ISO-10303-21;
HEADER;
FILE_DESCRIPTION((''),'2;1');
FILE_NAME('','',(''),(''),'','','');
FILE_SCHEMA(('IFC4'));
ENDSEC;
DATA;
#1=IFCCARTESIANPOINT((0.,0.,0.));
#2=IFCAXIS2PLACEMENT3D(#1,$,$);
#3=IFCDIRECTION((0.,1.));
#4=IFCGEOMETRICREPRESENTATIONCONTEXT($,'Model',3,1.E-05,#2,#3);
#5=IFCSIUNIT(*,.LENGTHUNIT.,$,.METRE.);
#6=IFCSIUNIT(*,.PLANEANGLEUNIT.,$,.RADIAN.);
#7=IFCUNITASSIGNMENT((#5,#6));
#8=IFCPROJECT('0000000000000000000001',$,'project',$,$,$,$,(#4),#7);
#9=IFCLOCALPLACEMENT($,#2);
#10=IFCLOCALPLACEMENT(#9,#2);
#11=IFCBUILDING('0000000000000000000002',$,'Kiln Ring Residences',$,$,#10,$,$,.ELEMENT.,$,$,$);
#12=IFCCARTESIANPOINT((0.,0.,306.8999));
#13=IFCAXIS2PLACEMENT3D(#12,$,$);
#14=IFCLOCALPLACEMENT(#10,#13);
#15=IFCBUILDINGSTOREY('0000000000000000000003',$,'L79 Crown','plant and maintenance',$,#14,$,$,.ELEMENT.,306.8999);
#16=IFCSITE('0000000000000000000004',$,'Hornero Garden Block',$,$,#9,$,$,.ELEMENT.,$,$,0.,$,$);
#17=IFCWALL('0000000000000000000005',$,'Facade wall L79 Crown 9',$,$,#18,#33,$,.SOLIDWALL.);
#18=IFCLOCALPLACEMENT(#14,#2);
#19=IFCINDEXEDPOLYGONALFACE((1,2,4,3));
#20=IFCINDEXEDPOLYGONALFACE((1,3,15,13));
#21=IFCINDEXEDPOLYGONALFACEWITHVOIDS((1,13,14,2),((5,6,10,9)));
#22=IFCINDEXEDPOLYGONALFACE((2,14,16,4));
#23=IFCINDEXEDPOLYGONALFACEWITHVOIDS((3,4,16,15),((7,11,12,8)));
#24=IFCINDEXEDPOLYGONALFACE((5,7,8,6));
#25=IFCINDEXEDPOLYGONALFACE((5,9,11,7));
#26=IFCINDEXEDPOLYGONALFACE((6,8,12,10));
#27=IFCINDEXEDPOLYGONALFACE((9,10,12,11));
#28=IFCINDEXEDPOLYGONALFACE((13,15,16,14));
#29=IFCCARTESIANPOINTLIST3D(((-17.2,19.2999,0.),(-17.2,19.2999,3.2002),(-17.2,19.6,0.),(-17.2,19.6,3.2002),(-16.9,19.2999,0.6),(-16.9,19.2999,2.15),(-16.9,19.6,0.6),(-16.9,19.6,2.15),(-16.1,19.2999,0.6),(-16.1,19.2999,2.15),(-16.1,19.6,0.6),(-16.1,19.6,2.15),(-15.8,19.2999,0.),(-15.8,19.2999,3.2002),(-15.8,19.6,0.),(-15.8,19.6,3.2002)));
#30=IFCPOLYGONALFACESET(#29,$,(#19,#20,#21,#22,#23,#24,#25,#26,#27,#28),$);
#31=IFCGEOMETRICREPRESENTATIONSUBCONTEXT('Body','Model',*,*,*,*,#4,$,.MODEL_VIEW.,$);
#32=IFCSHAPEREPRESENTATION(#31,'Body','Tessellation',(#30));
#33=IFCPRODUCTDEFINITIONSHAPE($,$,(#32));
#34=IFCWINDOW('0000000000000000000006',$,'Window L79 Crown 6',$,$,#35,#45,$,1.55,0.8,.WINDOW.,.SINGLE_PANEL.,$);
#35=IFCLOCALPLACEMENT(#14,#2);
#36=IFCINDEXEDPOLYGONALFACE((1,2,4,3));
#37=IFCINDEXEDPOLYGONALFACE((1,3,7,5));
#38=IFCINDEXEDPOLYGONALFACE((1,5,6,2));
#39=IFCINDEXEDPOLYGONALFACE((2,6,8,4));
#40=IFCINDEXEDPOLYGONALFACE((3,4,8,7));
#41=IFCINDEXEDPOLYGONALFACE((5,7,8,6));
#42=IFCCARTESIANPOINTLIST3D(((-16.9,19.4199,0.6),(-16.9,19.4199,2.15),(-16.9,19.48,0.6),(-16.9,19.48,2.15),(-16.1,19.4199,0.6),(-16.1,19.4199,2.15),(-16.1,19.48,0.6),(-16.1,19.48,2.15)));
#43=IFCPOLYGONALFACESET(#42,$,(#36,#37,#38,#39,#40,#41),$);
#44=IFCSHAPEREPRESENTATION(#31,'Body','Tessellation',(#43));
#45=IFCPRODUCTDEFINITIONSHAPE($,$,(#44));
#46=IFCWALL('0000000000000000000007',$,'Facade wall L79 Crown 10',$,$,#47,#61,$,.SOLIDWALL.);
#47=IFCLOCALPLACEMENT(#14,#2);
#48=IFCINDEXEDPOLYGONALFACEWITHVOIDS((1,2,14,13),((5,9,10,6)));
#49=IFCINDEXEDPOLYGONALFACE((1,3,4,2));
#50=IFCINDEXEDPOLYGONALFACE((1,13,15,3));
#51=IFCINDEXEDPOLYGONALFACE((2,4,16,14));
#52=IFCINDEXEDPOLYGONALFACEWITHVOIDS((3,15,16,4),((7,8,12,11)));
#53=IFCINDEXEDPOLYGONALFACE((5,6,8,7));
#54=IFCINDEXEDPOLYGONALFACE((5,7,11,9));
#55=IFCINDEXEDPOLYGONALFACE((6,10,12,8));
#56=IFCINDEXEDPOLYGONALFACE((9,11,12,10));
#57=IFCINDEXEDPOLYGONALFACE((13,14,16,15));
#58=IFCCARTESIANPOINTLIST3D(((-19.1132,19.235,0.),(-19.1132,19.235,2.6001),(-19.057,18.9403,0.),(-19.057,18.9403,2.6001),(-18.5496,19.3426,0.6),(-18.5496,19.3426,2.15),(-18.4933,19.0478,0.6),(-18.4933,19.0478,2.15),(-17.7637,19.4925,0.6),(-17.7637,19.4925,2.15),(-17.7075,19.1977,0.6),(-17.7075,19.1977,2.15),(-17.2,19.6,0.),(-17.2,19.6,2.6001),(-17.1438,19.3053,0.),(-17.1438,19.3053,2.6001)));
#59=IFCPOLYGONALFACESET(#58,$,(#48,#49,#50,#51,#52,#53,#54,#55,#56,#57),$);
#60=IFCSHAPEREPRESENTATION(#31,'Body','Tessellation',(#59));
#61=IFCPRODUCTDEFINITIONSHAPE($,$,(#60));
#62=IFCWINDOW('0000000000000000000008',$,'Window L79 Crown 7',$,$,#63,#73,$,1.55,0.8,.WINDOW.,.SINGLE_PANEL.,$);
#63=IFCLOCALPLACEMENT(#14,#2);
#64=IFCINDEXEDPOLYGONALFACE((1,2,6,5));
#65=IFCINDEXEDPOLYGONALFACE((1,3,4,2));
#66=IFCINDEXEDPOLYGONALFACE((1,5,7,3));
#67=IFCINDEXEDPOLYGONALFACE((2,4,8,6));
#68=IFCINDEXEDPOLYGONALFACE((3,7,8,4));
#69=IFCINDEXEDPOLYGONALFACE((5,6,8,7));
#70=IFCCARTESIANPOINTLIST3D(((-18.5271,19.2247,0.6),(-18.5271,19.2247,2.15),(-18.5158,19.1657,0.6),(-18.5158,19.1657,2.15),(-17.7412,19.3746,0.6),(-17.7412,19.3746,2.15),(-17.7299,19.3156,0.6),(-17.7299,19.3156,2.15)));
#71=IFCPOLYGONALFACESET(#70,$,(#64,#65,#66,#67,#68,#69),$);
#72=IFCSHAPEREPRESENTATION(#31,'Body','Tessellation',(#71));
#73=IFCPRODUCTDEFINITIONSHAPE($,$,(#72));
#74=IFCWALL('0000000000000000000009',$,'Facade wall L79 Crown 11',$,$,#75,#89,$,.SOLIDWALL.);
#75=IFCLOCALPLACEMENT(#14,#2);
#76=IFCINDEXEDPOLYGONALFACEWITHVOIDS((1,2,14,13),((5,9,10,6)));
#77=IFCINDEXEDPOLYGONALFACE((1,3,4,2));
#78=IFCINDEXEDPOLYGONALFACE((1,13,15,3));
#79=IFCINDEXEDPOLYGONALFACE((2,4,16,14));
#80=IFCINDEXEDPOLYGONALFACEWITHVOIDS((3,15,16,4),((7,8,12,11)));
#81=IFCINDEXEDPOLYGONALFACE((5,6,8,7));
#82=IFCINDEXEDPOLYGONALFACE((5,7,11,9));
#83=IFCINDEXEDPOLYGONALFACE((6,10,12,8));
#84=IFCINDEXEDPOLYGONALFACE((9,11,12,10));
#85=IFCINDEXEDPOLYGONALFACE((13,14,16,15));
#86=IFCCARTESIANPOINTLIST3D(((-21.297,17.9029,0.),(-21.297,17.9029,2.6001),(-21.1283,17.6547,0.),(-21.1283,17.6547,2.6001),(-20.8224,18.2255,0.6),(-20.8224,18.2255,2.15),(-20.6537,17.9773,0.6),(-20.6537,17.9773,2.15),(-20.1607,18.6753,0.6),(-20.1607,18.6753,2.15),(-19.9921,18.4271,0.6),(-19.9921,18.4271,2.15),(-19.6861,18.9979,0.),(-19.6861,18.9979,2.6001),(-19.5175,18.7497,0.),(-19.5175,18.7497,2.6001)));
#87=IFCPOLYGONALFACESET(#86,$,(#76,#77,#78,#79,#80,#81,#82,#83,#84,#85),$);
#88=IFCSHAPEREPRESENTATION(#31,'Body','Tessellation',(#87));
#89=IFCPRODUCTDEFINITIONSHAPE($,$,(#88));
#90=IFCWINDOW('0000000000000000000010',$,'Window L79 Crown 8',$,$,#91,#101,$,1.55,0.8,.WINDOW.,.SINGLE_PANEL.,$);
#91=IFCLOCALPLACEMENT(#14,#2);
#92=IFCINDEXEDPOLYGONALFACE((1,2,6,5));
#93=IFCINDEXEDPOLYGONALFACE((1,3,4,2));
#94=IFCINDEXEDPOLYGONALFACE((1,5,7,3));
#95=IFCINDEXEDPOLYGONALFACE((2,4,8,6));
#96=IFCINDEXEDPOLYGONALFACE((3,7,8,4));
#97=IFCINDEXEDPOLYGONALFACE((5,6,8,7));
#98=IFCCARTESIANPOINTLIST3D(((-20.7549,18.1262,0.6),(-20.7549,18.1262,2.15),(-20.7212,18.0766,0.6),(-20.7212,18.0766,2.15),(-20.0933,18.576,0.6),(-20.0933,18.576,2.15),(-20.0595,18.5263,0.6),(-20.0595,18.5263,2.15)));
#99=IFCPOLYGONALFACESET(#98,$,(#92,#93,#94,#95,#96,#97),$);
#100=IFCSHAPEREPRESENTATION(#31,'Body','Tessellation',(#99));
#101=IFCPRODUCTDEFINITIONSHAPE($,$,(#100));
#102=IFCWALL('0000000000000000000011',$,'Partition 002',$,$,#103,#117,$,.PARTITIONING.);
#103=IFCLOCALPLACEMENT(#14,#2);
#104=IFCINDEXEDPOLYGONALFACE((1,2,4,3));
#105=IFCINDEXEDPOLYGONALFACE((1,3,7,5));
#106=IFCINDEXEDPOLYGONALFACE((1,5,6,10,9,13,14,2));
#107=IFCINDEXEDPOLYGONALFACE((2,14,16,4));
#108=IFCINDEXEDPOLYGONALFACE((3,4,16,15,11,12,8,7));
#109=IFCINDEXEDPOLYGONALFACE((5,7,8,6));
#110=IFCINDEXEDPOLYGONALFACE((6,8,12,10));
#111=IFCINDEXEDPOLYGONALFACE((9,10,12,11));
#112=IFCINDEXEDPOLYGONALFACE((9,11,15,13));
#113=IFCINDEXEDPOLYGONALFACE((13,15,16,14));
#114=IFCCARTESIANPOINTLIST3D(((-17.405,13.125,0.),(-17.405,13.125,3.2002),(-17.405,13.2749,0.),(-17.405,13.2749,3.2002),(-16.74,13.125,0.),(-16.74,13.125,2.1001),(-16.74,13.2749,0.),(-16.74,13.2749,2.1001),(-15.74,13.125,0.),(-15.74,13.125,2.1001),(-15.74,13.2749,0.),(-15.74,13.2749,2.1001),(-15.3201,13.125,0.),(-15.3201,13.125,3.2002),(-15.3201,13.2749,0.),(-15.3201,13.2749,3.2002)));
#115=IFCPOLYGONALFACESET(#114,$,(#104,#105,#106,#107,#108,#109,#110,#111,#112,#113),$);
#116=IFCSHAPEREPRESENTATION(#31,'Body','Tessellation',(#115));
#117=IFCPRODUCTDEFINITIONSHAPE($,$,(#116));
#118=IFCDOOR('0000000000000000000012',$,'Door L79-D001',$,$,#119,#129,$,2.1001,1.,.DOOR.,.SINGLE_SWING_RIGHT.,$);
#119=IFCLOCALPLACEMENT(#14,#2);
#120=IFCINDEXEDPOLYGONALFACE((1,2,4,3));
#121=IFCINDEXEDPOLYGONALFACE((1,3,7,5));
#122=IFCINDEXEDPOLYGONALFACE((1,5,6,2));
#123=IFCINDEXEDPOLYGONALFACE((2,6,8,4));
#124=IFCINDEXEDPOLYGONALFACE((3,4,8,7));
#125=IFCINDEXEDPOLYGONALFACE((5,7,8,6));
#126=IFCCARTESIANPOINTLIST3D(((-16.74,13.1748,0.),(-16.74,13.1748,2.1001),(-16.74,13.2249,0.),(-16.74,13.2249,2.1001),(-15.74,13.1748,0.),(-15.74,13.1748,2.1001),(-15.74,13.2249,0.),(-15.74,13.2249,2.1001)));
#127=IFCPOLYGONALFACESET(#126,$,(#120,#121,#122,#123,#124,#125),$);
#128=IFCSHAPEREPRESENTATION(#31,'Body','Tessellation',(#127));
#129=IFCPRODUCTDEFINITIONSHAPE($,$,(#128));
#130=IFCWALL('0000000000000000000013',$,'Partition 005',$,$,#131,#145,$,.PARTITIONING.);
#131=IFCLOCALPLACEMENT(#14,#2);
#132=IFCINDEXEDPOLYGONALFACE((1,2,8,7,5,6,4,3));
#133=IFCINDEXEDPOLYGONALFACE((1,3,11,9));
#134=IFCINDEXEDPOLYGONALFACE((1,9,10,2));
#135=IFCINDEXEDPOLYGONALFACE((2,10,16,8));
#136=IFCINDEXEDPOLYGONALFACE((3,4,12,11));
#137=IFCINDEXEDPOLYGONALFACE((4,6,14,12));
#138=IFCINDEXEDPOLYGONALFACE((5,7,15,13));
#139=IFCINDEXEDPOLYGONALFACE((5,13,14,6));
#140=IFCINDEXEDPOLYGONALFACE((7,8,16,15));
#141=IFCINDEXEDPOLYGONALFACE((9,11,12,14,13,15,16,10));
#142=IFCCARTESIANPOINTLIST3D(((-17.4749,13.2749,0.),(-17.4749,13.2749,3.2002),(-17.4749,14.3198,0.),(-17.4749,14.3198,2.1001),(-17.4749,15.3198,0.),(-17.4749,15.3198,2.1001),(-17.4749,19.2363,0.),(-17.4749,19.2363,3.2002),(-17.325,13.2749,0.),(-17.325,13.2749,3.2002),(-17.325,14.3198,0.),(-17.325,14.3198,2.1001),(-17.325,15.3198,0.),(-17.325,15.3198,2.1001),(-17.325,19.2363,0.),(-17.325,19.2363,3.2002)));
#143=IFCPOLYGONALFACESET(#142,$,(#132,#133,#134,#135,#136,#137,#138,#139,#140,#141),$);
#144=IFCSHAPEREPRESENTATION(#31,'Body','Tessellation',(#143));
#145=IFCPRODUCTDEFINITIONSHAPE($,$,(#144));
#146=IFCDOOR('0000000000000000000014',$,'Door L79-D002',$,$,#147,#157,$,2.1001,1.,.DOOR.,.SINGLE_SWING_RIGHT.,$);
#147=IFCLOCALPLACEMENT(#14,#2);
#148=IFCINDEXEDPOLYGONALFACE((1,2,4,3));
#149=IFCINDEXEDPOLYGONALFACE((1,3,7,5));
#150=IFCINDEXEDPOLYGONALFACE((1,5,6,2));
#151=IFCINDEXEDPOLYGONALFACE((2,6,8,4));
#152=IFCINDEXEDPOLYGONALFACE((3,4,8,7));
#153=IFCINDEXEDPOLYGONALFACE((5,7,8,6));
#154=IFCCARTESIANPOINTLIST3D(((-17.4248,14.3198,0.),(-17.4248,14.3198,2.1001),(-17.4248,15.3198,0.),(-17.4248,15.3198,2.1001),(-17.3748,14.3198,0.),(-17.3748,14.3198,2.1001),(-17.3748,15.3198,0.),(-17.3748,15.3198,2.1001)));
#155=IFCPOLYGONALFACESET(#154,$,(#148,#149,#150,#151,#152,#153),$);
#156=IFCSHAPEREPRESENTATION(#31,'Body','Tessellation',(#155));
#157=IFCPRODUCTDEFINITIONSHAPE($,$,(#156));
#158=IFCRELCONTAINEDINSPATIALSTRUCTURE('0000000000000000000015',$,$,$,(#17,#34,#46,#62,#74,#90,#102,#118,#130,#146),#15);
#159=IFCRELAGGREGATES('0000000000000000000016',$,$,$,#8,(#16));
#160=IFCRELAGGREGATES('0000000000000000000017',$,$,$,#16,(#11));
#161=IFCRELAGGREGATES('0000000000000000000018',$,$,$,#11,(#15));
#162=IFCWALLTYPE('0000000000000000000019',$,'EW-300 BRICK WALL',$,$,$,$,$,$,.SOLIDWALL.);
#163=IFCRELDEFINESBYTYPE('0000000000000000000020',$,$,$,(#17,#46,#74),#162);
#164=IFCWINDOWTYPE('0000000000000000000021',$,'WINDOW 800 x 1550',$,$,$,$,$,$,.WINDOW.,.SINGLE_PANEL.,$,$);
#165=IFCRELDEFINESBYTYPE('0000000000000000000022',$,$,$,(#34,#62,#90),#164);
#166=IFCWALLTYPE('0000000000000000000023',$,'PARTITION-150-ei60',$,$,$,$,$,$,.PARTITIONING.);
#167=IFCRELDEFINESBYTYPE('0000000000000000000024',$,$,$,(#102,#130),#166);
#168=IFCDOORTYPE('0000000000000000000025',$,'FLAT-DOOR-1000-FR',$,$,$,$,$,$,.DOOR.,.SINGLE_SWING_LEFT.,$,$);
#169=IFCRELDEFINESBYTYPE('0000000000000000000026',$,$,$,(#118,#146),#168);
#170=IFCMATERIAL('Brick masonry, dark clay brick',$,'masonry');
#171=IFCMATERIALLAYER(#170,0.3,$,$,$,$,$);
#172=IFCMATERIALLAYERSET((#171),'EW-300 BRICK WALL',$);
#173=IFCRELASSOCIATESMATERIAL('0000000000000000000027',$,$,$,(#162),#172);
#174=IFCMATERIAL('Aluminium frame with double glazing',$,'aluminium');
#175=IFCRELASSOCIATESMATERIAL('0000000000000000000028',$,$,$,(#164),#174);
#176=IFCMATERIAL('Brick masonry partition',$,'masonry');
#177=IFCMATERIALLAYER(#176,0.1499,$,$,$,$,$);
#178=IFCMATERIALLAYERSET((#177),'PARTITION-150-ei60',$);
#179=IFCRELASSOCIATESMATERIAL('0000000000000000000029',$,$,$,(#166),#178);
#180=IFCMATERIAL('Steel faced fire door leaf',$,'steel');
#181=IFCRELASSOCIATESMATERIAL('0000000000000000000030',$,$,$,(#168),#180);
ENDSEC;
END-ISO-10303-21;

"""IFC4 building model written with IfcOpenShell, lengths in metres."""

from ifc_helpers import new_model, si_unit, direction, frame, frame_2d, origin, place, context, subcontext, project, spatial, rectangle, extrude, material, layer, layer_set, type_object, element, fill, save


model = new_model("IFC4")

# Units and contexts
model_context = context("Model", 3, precision=1e-05, world=origin(), true_north=direction((0.0, 1.0)))
body_context = subcontext(model_context, "Body", "Model", "MODEL_VIEW")
ifc_project = project(units=[si_unit("LENGTHUNIT", "METRE"), si_unit("PLANEANGLEUNIT", "RADIAN")], contexts=[model_context])

# Site, building, storey
site_placement = place(None, origin())
site = spatial("IfcSite", under=ifc_project, at=site_placement, Name="Hornero Garden Block", CompositionType="ELEMENT", RefElevation=0.0)
building_placement = place(site_placement, origin())
building = spatial("IfcBuilding", under=site, at=building_placement, Name="Kiln Ring Residences", CompositionType="ELEMENT")
storey_placement = place(building_placement, frame((0.0, 0.0, 306.8999)))
storey = spatial("IfcBuildingStorey", under=building, at=storey_placement, Name="L79 Crown", Description="plant and maintenance", CompositionType="ELEMENT", Elevation=306.8999)

# Walls, openings, windows
ifc_material_1 = material(Name="Brick masonry, dark clay brick", Category="masonry")
ifc_layer_1 = layer(ifc_material_1, 0.3)
ifc_layer_set_1 = layer_set([ifc_layer_1], Name="EW-300 BRICK WALL")
wall_type_1 = type_object("IfcWallType", Name="EW-300 BRICK WALL", PredefinedType="SOLIDWALL", material=ifc_layer_set_1)
wall_1_placement = place(storey_placement, frame((-15.8, 19.45, 0.0), z_axis=(0.0, 0.0, 1.0), x_axis=(-1.0, 0.0, 0.0)))
wall_1 = element("IfcWall", 1, at=wall_1_placement, inside=storey, type_object=wall_type_1, Name="Facade wall L79 Crown 9", PredefinedType="SOLIDWALL", context=body_context, shape_type="SweptSolid", body=[
    extrude(rectangle(XDim=1.3999, YDim=0.3, at=frame_2d((0.7, 0.0))), origin(), (0.0, 0.0, 1.0), 3.2002),
])
opening_1_placement = place(wall_1_placement, frame((0.3, 0.0, 0.6001)))
opening_1 = element("IfcOpeningElement", 2, at=opening_1_placement, cuts=wall_1, PredefinedType="OPENING", context=body_context, shape_type="SweptSolid", body=[
    extrude(rectangle(XDim=0.8, YDim=1.55, at=frame_2d((0.3999, 0.7749))), frame((0.0, 0.1599, 0.0), z_axis=(0.0, -1.0, 0.0), x_axis=(1.0, 0.0, 0.0)), (0.0, 0.0, 1.0), 0.3201),
])
ifc_material_2 = material(Name="Aluminium frame with double glazing", Category="aluminium")
window_type = type_object("IfcWindowType", Name="WINDOW 800 x 1550", PartitioningType="SINGLE_PANEL", PredefinedType="WINDOW", material=ifc_material_2)
window_1_placement = place(opening_1_placement, origin())
window_1 = element("IfcWindow", 3, at=window_1_placement, inside=storey, type_object=window_type, Name="Window L79 Crown 6", OverallHeight=1.55, OverallWidth=0.8, PartitioningType="SINGLE_PANEL", PredefinedType="WINDOW", context=body_context, shape_type="SweptSolid", body=[
    extrude(rectangle(XDim=0.8, YDim=1.55, at=frame_2d((0.3999, 0.7749))), frame((0.0, 0.03, 0.0), z_axis=(0.0, -1.0, 0.0), x_axis=(1.0, 0.0, 0.0)), (0.0, 0.0, 1.0), 0.0601),
])
fill(opening_1, window_1)
wall_2_placement = place(storey_placement, frame((-17.1719, 19.4526, 0.0), z_axis=(0.0, 0.0, 1.0), x_axis=(-0.982287, -0.187383, 0.0)))
wall_2 = element("IfcWall", 4, at=wall_2_placement, inside=storey, type_object=wall_type_1, Name="Facade wall L79 Crown 10", PredefinedType="SOLIDWALL", context=body_context, shape_type="SweptSolid", body=[
    extrude(rectangle(XDim=1.9478, YDim=0.3, at=frame_2d((0.9739, 0.0))), origin(), (0.0, 0.0, 1.0), 2.6001),
])
opening_2_placement = place(wall_2_placement, frame((0.574, 0.0, 0.6001)))
opening_2 = element("IfcOpeningElement", 5, at=opening_2_placement, cuts=wall_2, PredefinedType="OPENING", context=body_context, shape_type="SweptSolid", body=[
    extrude(rectangle(XDim=0.8, YDim=1.55, at=frame_2d((0.3999, 0.7749))), frame((0.0, 0.1599, 0.0), z_axis=(0.0, -1.0, 0.0), x_axis=(1.0, 0.0, 0.0)), (0.0, 0.0, 1.0), 0.3201),
])
window_2_placement = place(opening_2_placement, origin())
window_2 = element("IfcWindow", 6, at=window_2_placement, inside=storey, type_object=window_type, Name="Window L79 Crown 7", OverallHeight=1.55, OverallWidth=0.8, PartitioningType="SINGLE_PANEL", PredefinedType="WINDOW", context=body_context, shape_type="SweptSolid", body=[
    extrude(rectangle(XDim=0.8, YDim=1.55, at=frame_2d((0.3999, 0.7749))), frame((0.0, 0.03, 0.0), z_axis=(0.0, -1.0, 0.0), x_axis=(1.0, 0.0, 0.0)), (0.0, 0.0, 1.0), 0.0601),
])
fill(opening_2, window_2)
wall_3_placement = place(storey_placement, frame((-19.6018, 18.8738, 0.0), z_axis=(0.0, 0.0, 1.0), x_axis=(-0.827022, -0.562169, 0.0)))
wall_3 = element("IfcWall", 7, at=wall_3_placement, inside=storey, type_object=wall_type_1, Name="Facade wall L79 Crown 11", PredefinedType="SOLIDWALL", context=body_context, shape_type="SweptSolid", body=[
    extrude(rectangle(XDim=1.9478, YDim=0.3, at=frame_2d((0.9739, 0.0))), origin(), (0.0, 0.0, 1.0), 2.6001),
])
opening_3_placement = place(wall_3_placement, frame((0.574, 0.0, 0.6001)))
opening_3 = element("IfcOpeningElement", 8, at=opening_3_placement, cuts=wall_3, PredefinedType="OPENING", context=body_context, shape_type="SweptSolid", body=[
    extrude(rectangle(XDim=0.8, YDim=1.55, at=frame_2d((0.3999, 0.7749))), frame((0.0, 0.1599, 0.0), z_axis=(0.0, -1.0, 0.0), x_axis=(1.0, 0.0, 0.0)), (0.0, 0.0, 1.0), 0.3201),
])
window_3_placement = place(opening_3_placement, origin())
window_3 = element("IfcWindow", 9, at=window_3_placement, inside=storey, type_object=window_type, Name="Window L79 Crown 8", OverallHeight=1.55, OverallWidth=0.8, PartitioningType="SINGLE_PANEL", PredefinedType="WINDOW", context=body_context, shape_type="SweptSolid", body=[
    extrude(rectangle(XDim=0.8, YDim=1.55, at=frame_2d((0.3999, 0.7749))), frame((0.0, 0.03, 0.0), z_axis=(0.0, -1.0, 0.0), x_axis=(1.0, 0.0, 0.0)), (0.0, 0.0, 1.0), 0.0601),
])
fill(opening_3, window_3)

# Walls, openings, doors
ifc_material_3 = material(Name="Brick masonry partition", Category="masonry")
ifc_layer_2 = layer(ifc_material_3, 0.1499)
ifc_layer_set_2 = layer_set([ifc_layer_2], Name="PARTITION-150-ei60")
wall_type_2 = type_object("IfcWallType", Name="PARTITION-150-ei60", PredefinedType="PARTITIONING", material=ifc_layer_set_2)
wall_4_placement = place(storey_placement, frame((-17.405, 13.2, 0.0), z_axis=(0.0, 0.0, 1.0), x_axis=(1.0, 0.0, 0.0)))
wall_4 = element("IfcWall", 10, at=wall_4_placement, inside=storey, type_object=wall_type_2, Name="Partition 002", PredefinedType="PARTITIONING", context=body_context, shape_type="SweptSolid", body=[
    extrude(rectangle(XDim=2.085, YDim=0.1499, at=frame_2d((1.0425, 0.0))), origin(), (0.0, 0.0, 1.0), 3.2002),
])
opening_4_placement = place(wall_4_placement, frame((0.665, 0.0, 0.0)))
opening_4 = element("IfcOpeningElement", 11, at=opening_4_placement, cuts=wall_4, PredefinedType="OPENING", context=body_context, shape_type="SweptSolid", body=[
    extrude(rectangle(XDim=1.0, YDim=2.1001, at=frame_2d((0.5, 1.05))), frame((0.0, 0.085, 0.0), z_axis=(0.0, -1.0, 0.0), x_axis=(1.0, 0.0, 0.0)), (0.0, 0.0, 1.0), 0.1699),
])
ifc_material_4 = material(Name="Steel faced fire door leaf", Category="steel")
door_type_1 = type_object("IfcDoorType", Name="FLAT-DOOR-1000-FR", OperationType="SINGLE_SWING_LEFT", PredefinedType="DOOR", material=ifc_material_4)
door_1_placement = place(opening_4_placement, origin())
door_1 = element("IfcDoor", 12, at=door_1_placement, inside=storey, type_object=door_type_1, Name="Door L79-D001", OperationType="SINGLE_SWING_RIGHT", OverallHeight=2.1001, OverallWidth=1.0, PredefinedType="DOOR", context=body_context, shape_type="SweptSolid", body=[
    extrude(rectangle(XDim=1.0, YDim=2.1001, at=frame_2d((0.5, 1.05))), frame((0.0, 0.0249, 0.0), z_axis=(0.0, -1.0, 0.0), x_axis=(1.0, 0.0, 0.0)), (0.0, 0.0, 1.0), 0.05),
])
fill(opening_4, door_1)
wall_5_placement = place(storey_placement, frame((-17.3999, 13.2749, 0.0), z_axis=(0.0, 0.0, 1.0), x_axis=(0.0, 1.0, 0.0)))
wall_5 = element("IfcWall", 13, at=wall_5_placement, inside=storey, type_object=wall_type_2, Name="Partition 005", PredefinedType="PARTITIONING", context=body_context, shape_type="SweptSolid", body=[
    extrude(rectangle(XDim=5.9614, YDim=0.1499, at=frame_2d((2.9807, 0.0))), origin(), (0.0, 0.0, 1.0), 3.2002),
])
opening_5_placement = place(wall_5_placement, frame((1.0449, 0.0, 0.0)))
opening_5 = element("IfcOpeningElement", 14, at=opening_5_placement, cuts=wall_5, PredefinedType="OPENING", context=body_context, shape_type="SweptSolid", body=[
    extrude(rectangle(XDim=1.0, YDim=2.1001, at=frame_2d((0.5, 1.05))), frame((0.0, 0.085, 0.0), z_axis=(0.0, -1.0, 0.0), x_axis=(1.0, 0.0, 0.0)), (0.0, 0.0, 1.0), 0.1699),
])
door_2_placement = place(opening_5_placement, origin())
door_2 = element("IfcDoor", 15, at=door_2_placement, inside=storey, type_object=door_type_1, Name="Door L79-D002", OperationType="SINGLE_SWING_RIGHT", OverallHeight=2.1001, OverallWidth=1.0, PredefinedType="DOOR", context=body_context, shape_type="SweptSolid", body=[
    extrude(rectangle(XDim=1.0, YDim=2.1001, at=frame_2d((0.5, 1.05))), frame((0.0, 0.0249, 0.0), z_axis=(0.0, -1.0, 0.0), x_axis=(1.0, 0.0, 0.0)), (0.0, 0.0, 1.0), 0.05),
])
fill(opening_5, door_2)

save(model, "model.ifc")
